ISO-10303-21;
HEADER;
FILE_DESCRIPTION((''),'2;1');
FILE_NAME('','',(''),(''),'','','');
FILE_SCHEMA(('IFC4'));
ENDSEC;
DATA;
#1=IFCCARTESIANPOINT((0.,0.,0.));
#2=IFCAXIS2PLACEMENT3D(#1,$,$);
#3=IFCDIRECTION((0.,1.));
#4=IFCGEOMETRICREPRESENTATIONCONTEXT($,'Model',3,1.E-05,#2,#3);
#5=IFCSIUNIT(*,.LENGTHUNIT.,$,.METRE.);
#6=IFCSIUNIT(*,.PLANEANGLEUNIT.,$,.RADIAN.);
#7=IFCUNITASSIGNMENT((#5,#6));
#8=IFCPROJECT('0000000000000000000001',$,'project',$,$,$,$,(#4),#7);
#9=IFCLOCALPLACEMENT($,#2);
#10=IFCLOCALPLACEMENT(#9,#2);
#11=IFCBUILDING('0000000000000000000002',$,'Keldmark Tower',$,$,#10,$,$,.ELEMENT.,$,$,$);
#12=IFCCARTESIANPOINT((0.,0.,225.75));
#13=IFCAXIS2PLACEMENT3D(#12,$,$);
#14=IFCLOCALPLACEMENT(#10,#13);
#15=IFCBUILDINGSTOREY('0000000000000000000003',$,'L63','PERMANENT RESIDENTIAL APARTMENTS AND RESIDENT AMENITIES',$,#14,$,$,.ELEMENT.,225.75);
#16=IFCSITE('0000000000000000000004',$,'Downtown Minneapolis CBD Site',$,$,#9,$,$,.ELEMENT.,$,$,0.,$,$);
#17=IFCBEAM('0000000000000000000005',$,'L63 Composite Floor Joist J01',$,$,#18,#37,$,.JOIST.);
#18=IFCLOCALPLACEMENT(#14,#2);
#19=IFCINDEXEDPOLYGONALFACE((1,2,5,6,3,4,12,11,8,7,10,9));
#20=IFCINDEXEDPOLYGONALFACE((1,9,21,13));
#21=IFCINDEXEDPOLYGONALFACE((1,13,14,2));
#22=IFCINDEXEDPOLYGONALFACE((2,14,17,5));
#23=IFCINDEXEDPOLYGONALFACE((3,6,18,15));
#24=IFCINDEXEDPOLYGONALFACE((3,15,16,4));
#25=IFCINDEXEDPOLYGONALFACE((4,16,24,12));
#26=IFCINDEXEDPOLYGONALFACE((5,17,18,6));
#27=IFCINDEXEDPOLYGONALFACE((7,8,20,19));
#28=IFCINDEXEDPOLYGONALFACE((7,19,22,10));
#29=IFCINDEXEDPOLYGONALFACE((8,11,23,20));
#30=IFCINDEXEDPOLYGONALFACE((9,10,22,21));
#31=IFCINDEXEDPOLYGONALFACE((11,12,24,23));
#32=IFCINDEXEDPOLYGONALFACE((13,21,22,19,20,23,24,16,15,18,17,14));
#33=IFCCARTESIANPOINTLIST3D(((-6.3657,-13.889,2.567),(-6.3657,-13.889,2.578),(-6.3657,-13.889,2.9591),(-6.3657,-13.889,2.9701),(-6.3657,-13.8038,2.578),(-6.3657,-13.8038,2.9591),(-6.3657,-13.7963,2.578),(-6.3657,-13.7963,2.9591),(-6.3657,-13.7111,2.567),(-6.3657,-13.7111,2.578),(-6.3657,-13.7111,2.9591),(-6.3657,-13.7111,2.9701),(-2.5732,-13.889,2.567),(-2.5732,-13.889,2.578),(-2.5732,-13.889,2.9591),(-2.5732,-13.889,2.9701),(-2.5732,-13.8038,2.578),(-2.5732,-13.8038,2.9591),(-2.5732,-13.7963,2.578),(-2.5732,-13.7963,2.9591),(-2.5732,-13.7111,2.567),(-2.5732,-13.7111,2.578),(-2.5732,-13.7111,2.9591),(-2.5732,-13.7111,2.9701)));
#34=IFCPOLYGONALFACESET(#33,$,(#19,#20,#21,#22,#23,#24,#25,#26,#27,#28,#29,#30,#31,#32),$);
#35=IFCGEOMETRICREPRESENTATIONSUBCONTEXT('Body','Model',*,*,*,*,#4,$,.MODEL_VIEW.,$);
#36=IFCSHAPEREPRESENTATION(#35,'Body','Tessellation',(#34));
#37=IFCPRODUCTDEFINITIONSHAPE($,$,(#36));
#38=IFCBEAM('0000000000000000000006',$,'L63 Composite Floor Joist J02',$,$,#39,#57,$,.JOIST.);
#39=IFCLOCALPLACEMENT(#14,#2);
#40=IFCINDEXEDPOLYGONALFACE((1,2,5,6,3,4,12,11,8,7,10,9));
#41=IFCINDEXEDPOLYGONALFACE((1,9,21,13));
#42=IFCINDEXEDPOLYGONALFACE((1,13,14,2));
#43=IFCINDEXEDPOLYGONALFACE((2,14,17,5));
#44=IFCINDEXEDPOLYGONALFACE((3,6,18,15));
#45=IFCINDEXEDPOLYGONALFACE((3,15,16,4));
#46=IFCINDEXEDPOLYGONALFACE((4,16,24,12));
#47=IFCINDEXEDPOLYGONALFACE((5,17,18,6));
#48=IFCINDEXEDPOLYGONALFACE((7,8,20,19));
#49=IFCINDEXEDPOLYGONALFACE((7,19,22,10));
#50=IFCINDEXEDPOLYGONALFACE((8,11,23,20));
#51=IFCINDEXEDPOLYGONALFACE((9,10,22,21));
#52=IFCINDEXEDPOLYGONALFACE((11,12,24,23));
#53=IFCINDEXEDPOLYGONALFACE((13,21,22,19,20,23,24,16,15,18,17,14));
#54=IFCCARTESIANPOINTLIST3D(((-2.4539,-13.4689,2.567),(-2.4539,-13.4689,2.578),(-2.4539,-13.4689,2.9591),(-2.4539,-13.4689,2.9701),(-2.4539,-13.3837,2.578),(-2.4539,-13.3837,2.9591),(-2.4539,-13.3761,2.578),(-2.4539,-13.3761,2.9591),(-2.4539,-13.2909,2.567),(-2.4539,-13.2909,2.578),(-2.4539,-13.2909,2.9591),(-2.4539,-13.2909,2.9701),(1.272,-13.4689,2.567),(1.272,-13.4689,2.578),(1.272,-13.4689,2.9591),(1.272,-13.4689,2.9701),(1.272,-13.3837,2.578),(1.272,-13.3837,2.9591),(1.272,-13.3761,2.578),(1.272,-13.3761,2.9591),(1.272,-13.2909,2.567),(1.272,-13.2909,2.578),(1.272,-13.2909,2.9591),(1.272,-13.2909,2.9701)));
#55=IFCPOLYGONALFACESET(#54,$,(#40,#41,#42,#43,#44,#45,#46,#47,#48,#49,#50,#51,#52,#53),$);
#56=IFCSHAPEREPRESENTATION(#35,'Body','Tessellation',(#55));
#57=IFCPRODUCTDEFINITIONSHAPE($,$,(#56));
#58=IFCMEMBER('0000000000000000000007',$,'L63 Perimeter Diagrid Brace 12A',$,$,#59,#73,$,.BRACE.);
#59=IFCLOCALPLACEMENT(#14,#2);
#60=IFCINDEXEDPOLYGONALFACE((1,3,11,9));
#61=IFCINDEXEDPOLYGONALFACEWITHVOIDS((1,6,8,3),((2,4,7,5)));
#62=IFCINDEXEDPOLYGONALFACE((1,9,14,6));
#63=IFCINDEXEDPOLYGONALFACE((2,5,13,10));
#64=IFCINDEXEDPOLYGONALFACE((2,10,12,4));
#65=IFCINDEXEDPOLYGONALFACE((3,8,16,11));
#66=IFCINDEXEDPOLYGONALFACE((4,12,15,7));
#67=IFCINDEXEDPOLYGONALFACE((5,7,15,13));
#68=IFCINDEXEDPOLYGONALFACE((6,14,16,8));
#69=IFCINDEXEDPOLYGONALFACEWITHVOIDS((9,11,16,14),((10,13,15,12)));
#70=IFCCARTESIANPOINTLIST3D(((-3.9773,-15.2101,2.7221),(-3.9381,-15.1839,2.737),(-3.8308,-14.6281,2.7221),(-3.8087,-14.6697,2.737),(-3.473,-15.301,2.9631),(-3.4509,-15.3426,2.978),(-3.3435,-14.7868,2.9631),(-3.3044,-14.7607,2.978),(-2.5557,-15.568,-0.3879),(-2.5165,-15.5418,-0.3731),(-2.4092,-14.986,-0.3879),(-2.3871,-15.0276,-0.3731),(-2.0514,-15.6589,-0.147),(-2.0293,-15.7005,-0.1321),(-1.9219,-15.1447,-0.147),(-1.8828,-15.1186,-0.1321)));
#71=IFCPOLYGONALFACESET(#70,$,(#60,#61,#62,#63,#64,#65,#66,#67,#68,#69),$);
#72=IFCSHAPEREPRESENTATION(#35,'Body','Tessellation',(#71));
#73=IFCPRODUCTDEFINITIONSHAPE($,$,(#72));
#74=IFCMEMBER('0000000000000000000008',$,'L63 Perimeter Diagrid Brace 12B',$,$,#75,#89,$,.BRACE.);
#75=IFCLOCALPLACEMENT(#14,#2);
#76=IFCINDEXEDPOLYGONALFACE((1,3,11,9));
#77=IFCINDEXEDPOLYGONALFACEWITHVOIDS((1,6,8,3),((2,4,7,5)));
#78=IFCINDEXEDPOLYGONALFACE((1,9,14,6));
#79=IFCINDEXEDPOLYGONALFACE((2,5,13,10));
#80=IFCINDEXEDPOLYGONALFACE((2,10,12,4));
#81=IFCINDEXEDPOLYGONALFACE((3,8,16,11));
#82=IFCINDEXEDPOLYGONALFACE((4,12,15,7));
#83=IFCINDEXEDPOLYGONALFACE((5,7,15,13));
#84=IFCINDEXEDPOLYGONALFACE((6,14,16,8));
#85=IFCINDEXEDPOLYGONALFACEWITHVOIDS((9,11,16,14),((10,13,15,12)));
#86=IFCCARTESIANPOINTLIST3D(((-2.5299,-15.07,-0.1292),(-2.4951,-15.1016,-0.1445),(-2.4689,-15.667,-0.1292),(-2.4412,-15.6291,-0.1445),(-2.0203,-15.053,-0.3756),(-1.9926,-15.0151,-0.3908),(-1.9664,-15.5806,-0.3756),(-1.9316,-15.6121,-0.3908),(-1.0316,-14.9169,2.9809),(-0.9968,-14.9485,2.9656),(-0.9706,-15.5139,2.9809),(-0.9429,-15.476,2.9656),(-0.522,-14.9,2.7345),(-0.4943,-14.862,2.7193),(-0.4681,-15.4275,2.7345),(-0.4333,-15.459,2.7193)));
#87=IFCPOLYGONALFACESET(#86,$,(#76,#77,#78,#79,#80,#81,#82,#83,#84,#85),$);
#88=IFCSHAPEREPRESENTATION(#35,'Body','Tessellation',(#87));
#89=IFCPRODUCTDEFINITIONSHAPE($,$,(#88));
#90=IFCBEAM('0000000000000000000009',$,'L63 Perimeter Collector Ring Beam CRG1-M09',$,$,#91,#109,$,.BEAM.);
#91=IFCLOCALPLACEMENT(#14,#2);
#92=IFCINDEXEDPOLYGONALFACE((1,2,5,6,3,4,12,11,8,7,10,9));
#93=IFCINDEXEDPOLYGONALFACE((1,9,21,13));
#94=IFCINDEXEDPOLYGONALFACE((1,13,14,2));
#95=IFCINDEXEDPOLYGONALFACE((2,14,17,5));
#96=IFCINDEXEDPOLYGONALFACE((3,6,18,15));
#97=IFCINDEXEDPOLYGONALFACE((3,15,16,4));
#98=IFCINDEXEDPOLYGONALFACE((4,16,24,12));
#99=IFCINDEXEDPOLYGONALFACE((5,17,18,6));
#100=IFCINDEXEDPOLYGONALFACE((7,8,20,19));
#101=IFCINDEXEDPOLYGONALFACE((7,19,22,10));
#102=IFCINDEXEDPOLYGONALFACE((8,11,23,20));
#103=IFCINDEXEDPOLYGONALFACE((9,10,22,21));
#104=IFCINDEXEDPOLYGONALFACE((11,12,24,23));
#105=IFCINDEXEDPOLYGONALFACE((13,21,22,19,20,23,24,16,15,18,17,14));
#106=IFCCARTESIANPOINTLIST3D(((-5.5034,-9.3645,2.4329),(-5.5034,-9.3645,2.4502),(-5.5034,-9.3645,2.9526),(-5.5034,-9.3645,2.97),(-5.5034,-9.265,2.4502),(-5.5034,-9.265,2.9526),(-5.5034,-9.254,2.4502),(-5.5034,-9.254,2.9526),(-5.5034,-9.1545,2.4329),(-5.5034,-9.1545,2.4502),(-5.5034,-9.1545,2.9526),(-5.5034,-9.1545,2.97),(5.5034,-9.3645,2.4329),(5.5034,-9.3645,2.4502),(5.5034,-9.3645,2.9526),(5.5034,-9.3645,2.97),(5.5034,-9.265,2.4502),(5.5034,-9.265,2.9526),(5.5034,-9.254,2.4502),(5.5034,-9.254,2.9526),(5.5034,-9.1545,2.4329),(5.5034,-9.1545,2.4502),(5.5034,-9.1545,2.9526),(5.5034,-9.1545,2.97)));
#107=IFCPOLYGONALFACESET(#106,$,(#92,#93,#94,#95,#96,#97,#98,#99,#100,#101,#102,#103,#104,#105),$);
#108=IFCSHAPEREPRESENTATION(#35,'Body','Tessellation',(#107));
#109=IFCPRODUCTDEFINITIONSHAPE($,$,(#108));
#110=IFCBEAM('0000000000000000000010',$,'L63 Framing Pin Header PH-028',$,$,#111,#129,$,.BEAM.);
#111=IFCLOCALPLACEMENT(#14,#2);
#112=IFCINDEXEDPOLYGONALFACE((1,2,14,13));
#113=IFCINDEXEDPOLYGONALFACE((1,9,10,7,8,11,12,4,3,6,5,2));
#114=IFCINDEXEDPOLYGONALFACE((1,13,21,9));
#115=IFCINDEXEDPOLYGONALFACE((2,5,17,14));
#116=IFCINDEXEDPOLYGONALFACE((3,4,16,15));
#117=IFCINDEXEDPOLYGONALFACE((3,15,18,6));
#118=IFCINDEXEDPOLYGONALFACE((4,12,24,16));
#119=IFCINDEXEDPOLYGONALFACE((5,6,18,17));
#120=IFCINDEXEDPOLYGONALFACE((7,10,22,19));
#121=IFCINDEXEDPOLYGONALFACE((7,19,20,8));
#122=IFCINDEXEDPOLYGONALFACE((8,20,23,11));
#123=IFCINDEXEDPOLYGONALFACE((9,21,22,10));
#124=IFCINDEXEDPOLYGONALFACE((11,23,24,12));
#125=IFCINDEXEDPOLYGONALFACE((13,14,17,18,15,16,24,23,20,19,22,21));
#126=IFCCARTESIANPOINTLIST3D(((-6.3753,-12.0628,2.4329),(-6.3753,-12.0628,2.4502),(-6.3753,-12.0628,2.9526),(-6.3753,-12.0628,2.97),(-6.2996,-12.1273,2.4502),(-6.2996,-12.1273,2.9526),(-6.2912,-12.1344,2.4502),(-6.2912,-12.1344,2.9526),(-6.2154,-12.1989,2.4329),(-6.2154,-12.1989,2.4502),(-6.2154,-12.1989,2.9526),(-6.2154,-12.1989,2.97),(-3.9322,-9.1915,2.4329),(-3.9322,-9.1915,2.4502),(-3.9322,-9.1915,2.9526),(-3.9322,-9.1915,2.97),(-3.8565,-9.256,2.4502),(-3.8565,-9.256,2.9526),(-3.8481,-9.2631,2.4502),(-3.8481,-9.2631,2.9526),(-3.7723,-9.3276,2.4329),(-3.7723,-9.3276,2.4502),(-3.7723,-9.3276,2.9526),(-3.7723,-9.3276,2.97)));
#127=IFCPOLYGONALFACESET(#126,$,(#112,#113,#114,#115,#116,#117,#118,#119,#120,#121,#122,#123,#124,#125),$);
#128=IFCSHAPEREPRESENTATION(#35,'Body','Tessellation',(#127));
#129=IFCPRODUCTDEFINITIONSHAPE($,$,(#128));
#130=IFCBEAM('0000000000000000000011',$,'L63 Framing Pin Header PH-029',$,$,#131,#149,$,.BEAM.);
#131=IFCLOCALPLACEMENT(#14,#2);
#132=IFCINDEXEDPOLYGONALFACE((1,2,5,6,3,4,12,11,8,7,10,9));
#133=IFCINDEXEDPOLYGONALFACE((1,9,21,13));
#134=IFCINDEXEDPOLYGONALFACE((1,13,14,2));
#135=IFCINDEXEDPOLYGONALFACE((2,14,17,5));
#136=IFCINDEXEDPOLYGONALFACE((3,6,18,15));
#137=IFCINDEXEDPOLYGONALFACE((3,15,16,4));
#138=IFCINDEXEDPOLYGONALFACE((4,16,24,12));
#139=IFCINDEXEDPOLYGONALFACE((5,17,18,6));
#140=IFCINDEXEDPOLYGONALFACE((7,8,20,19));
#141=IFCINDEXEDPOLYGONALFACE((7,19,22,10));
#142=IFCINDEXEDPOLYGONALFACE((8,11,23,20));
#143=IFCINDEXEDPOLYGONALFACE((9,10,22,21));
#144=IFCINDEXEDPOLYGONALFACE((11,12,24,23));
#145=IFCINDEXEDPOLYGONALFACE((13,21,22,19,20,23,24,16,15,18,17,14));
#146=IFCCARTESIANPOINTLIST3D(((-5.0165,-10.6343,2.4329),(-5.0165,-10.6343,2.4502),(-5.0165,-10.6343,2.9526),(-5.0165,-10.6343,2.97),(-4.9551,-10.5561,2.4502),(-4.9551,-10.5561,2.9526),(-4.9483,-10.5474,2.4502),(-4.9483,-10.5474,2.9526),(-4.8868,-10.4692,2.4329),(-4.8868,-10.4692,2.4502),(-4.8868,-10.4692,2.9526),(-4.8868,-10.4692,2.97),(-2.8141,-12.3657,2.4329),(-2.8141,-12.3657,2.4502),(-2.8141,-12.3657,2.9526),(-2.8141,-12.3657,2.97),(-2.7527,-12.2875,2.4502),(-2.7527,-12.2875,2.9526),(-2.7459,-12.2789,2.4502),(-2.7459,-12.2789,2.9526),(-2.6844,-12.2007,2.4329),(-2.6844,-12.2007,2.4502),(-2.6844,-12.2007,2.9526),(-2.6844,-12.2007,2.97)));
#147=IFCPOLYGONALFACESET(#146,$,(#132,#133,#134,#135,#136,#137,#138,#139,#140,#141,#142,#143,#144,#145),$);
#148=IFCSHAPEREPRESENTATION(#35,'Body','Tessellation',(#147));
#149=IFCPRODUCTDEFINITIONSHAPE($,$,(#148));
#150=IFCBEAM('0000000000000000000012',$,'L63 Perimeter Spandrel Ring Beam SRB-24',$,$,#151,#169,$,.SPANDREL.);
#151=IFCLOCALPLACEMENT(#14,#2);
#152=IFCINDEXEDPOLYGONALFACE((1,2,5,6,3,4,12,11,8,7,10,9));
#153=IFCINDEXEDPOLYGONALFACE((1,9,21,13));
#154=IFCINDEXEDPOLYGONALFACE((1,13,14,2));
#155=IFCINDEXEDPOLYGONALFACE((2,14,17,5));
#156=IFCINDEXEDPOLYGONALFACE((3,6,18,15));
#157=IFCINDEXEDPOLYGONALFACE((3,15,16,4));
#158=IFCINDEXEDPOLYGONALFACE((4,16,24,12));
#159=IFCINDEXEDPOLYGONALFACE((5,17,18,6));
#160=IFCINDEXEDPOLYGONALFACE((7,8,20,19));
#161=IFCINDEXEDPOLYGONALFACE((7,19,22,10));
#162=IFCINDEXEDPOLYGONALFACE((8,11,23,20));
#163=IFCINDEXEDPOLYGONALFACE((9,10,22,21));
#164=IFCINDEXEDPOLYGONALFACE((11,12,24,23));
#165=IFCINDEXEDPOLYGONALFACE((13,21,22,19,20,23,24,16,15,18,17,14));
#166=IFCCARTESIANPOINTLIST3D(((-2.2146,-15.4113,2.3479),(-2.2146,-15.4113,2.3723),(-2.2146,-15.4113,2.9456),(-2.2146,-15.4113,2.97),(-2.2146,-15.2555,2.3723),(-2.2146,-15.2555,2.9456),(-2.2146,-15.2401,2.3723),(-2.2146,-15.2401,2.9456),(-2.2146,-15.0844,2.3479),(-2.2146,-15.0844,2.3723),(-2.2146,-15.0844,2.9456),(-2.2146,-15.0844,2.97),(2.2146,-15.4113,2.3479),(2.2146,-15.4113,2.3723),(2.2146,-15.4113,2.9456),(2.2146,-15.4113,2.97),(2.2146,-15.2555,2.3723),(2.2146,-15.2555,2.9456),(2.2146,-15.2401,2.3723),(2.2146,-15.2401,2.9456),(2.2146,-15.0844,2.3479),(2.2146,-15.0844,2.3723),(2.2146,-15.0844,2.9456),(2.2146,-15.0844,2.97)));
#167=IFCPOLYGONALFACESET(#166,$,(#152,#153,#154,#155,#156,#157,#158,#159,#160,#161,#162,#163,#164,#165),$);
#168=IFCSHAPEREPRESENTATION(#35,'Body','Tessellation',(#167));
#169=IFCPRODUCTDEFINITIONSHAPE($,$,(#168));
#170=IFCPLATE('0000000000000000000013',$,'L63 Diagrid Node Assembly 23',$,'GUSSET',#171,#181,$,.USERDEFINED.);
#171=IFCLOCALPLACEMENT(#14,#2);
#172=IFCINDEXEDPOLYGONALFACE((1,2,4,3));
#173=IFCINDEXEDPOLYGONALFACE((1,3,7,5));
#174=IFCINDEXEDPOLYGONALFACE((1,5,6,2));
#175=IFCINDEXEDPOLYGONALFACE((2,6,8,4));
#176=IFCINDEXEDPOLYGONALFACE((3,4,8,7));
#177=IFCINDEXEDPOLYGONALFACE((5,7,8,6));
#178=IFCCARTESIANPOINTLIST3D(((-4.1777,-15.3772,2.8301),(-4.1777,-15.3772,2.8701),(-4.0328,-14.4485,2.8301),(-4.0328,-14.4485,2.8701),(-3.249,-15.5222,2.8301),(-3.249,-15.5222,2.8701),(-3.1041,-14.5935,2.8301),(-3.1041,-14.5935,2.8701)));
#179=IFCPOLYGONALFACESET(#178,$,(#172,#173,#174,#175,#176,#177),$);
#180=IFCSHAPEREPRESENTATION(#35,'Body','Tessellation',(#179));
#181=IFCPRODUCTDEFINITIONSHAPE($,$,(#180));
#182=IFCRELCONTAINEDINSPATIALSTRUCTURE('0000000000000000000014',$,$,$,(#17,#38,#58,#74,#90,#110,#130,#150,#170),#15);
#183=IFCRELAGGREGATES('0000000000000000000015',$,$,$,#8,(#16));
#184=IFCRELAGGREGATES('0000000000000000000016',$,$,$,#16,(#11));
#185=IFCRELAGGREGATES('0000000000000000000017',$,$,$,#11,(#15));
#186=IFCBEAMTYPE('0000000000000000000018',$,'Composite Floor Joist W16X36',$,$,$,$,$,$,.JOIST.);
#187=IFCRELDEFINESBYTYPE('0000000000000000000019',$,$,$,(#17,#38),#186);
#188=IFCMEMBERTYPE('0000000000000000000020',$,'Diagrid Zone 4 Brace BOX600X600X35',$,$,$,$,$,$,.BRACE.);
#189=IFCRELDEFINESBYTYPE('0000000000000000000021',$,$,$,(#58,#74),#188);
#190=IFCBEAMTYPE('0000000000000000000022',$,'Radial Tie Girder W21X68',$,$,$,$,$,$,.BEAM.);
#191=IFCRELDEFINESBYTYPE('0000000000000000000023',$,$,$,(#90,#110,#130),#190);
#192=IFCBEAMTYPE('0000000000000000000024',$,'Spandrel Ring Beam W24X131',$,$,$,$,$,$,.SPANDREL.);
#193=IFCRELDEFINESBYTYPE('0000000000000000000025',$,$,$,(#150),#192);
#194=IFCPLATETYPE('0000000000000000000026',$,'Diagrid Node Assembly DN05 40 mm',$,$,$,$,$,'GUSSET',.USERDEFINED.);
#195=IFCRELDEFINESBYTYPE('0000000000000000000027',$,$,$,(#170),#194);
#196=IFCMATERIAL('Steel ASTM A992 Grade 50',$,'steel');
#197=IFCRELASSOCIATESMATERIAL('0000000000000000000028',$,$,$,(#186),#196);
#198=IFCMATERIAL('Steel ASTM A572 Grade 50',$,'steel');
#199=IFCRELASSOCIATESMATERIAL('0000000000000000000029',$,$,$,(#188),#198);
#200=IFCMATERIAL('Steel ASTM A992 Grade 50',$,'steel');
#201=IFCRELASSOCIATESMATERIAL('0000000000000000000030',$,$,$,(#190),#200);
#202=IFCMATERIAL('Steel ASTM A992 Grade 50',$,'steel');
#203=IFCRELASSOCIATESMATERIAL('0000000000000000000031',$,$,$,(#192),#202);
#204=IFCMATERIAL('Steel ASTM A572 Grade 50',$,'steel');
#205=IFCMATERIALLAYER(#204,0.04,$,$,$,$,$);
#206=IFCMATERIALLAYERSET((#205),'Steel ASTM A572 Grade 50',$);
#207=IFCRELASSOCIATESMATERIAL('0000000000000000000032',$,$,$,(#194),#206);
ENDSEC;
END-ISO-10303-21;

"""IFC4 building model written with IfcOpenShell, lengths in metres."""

from ifc_helpers import new_model, si_unit, direction, frame, origin, origin_2d, place, context, subcontext, project, spatial, rectangle, hollow_rectangle, i_section, extrude, material, layer, layer_set, material_profile, profile_set, type_object, element, save


model = new_model("IFC4")

# Units and contexts
model_context = context("Model", 3, precision=1e-05, world=origin(), true_north=direction((0.0, 1.0)))
body_context = subcontext(model_context, "Body", "Model", "MODEL_VIEW")
ifc_project = project(units=[si_unit("LENGTHUNIT", "METRE"), si_unit("PLANEANGLEUNIT", "RADIAN")], contexts=[model_context])

# Site, building, storey
site_placement = place(None, origin())
site = spatial("IfcSite", under=ifc_project, at=site_placement, Name="Downtown Minneapolis CBD Site", CompositionType="ELEMENT", RefElevation=0.0)
building_placement = place(site_placement, origin())
building = spatial("IfcBuilding", under=site, at=building_placement, Name="Keldmark Tower", CompositionType="ELEMENT")
storey_placement = place(building_placement, frame((0.0, 0.0, 225.75)))
storey = spatial("IfcBuildingStorey", under=building, at=storey_placement, Name="L63", Description="PERMANENT RESIDENTIAL APARTMENTS AND RESIDENT AMENITIES", CompositionType="ELEMENT", Elevation=225.75)

# Beams
ifc_material_1 = material(Name="Steel ASTM A992 Grade 50", Category="steel")
ifc_material_profile_1 = material_profile(ifc_material_1, i_section(OverallWidth=0.178, OverallDepth=0.4031, WebThickness=0.0076, FlangeThickness=0.011, at=origin_2d()), Name="W16X36")
ifc_profile_set_1 = profile_set([ifc_material_profile_1], Name="Steel ASTM A992 Grade 50")
beam_type_1 = type_object("IfcBeamType", Name="Composite Floor Joist W16X36", PredefinedType="JOIST", material=ifc_profile_set_1)
beam_1_placement = place(storey_placement, frame((-6.3657, -13.8, 2.7686), z_axis=(1.0, 0.0, 0.0), x_axis=(0.0, 1.0, 0.0)))
element("IfcBeam", 1, at=beam_1_placement, inside=storey, type_object=beam_type_1, Name="L63 Composite Floor Joist J01", PredefinedType="JOIST", context=body_context, shape_type="SweptSolid", body=[
    extrude(i_section(OverallWidth=0.178, OverallDepth=0.4031, WebThickness=0.0076, FlangeThickness=0.011, at=origin_2d()), origin(), (0.0, 0.0, 1.0), 3.7925),
])
beam_2_placement = place(storey_placement, frame((-2.4539, -13.3799, 2.7686), z_axis=(1.0, 0.0, 0.0), x_axis=(0.0, 1.0, 0.0)))
element("IfcBeam", 2, at=beam_2_placement, inside=storey, type_object=beam_type_1, Name="L63 Composite Floor Joist J02", PredefinedType="JOIST", context=body_context, shape_type="SweptSolid", body=[
    extrude(i_section(OverallWidth=0.178, OverallDepth=0.4031, WebThickness=0.0076, FlangeThickness=0.011, at=origin_2d()), origin(), (0.0, 0.0, 1.0), 3.7258),
])

# Members
ifc_material_2 = material(Name="Steel ASTM A572 Grade 50", Category="steel")
ifc_material_profile_2 = material_profile(ifc_material_2, hollow_rectangle(XDim=0.6001, YDim=0.6001, WallThickness=0.0349, at=origin_2d()), Name="BOX600X600X35")
ifc_profile_set_2 = profile_set([ifc_material_profile_2], Name="Steel ASTM A572 Grade 50")
member_type = type_object("IfcMemberType", Name="Diagrid Zone 4 Brace BOX600X600X35", PredefinedType="BRACE", material=ifc_profile_set_2)
member_1_placement = place(storey_placement, frame((-2.2192, -15.3433, -0.26), z_axis=(-0.413469, 0.104095, 0.904548), x_axis=(-0.244142, -0.96974, 0.0)))
element("IfcMember", 3, at=member_1_placement, inside=storey, type_object=member_type, Name="L63 Perimeter Diagrid Brace 12A", PredefinedType="BRACE", context=body_context, shape_type="SweptSolid", body=[
    extrude(hollow_rectangle(XDim=0.6001, YDim=0.6001, WallThickness=0.0349, at=origin_2d()), origin(), (0.0, 0.0, 1.0), 3.4382),
])
member_2_placement = place(storey_placement, frame((-2.2307, -15.3411, -0.26), z_axis=(0.433585, 0.044298, 0.900023), x_axis=(-0.101638, 0.994821, 0.0)))
element("IfcMember", 4, at=member_2_placement, inside=storey, type_object=member_type, Name="L63 Perimeter Diagrid Brace 12B", PredefinedType="BRACE", context=body_context, shape_type="SweptSolid", body=[
    extrude(hollow_rectangle(XDim=0.6001, YDim=0.6001, WallThickness=0.0349, at=origin_2d()), origin(), (0.0, 0.0, 1.0), 3.4556),
])

# Beams
ifc_material_3 = material(Name="Steel ASTM A992 Grade 50", Category="steel")
ifc_material_profile_3 = material_profile(ifc_material_3, i_section(OverallWidth=0.21, OverallDepth=0.5371, WebThickness=0.011, FlangeThickness=0.0173, at=origin_2d()), Name="W21X68")
ifc_profile_set_3 = profile_set([ifc_material_profile_3], Name="Steel ASTM A992 Grade 50")
beam_type_2 = type_object("IfcBeamType", Name="Radial Tie Girder W21X68", PredefinedType="BEAM", material=ifc_profile_set_3)
beam_3_placement = place(storey_placement, frame((-5.5034, -9.2595, 2.7014), z_axis=(1.0, 0.0, 0.0), x_axis=(0.0, 1.0, 0.0)))
element("IfcBeam", 5, at=beam_3_placement, inside=storey, type_object=beam_type_2, Name="L63 Perimeter Collector Ring Beam CRG1-M09", PredefinedType="BEAM", context=body_context, shape_type="SweptSolid", body=[
    extrude(i_section(OverallWidth=0.21, OverallDepth=0.5371, WebThickness=0.011, FlangeThickness=0.0173, at=origin_2d()), origin(), (0.0, 0.0, 1.0), 11.0068),
])
beam_4_placement = place(storey_placement, frame((-3.8523, -9.2595, 2.7014), z_axis=(-0.64803, -0.761615, 0.0), x_axis=(0.761615, -0.64803, 0.0)))
element("IfcBeam", 6, at=beam_4_placement, inside=storey, type_object=beam_type_2, Name="L63 Framing Pin Header PH-028", PredefinedType="BEAM", context=body_context, shape_type="SweptSolid", body=[
    extrude(i_section(OverallWidth=0.21, OverallDepth=0.5371, WebThickness=0.011, FlangeThickness=0.0173, at=origin_2d()), origin(), (0.0, 0.0, 1.0), 3.77),
])
beam_5_placement = place(storey_placement, frame((-4.9517, -10.5518, 2.7014), z_axis=(0.786146, -0.618041, 0.0), x_axis=(0.618041, 0.786146, 0.0)))
element("IfcBeam", 7, at=beam_5_placement, inside=storey, type_object=beam_type_2, Name="L63 Framing Pin Header PH-029", PredefinedType="BEAM", context=body_context, shape_type="SweptSolid", body=[
    extrude(i_section(OverallWidth=0.21, OverallDepth=0.5371, WebThickness=0.011, FlangeThickness=0.0173, at=origin_2d()), origin(), (0.0, 0.0, 1.0), 2.8015),
])
ifc_material_4 = material(Name="Steel ASTM A992 Grade 50", Category="steel")
ifc_material_profile_4 = material_profile(ifc_material_4, i_section(OverallWidth=0.3269, OverallDepth=0.6221, WebThickness=0.0154, FlangeThickness=0.0244, at=origin_2d()), Name="W24X131")
ifc_profile_set_4 = profile_set([ifc_material_profile_4], Name="Steel ASTM A992 Grade 50")
beam_type_3 = type_object("IfcBeamType", Name="Spandrel Ring Beam W24X131", PredefinedType="SPANDREL", material=ifc_profile_set_4)
beam_6_placement = place(storey_placement, frame((-2.2146, -15.2478, 2.6589), z_axis=(1.0, 0.0, 0.0), x_axis=(0.0, 1.0, 0.0)))
element("IfcBeam", 8, at=beam_6_placement, inside=storey, type_object=beam_type_3, Name="L63 Perimeter Spandrel Ring Beam SRB-24", PredefinedType="SPANDREL", context=body_context, shape_type="SweptSolid", body=[
    extrude(i_section(OverallWidth=0.3269, OverallDepth=0.6221, WebThickness=0.0154, FlangeThickness=0.0244, at=origin_2d()), origin(), (0.0, 0.0, 1.0), 4.4292),
])

# Plate
ifc_material_5 = material(Name="Steel ASTM A572 Grade 50", Category="steel")
ifc_layer_1 = layer(ifc_material_5, 0.04)
ifc_layer_set_1 = layer_set([ifc_layer_1], Name="Steel ASTM A572 Grade 50")
plate_type = type_object("IfcPlateType", Name="Diagrid Node Assembly DN05 40 mm", ElementType="GUSSET", PredefinedType="USERDEFINED", material=ifc_layer_set_1)
plate_placement = place(storey_placement, frame((-3.6409, -14.9854, 2.8301), z_axis=(0.0, 0.0, 1.0), x_axis=(0.988041, -0.154193, 0.0)))
element("IfcPlate", 9, at=plate_placement, inside=storey, type_object=plate_type, Name="L63 Diagrid Node Assembly 23", ObjectType="GUSSET", PredefinedType="USERDEFINED", context=body_context, shape_type="SweptSolid", body=[
    extrude(rectangle(XDim=0.9399, YDim=0.9399, at=origin_2d()), origin(), (0.0, 0.0, 1.0), 0.04),
])

save(model, "model.ifc")
